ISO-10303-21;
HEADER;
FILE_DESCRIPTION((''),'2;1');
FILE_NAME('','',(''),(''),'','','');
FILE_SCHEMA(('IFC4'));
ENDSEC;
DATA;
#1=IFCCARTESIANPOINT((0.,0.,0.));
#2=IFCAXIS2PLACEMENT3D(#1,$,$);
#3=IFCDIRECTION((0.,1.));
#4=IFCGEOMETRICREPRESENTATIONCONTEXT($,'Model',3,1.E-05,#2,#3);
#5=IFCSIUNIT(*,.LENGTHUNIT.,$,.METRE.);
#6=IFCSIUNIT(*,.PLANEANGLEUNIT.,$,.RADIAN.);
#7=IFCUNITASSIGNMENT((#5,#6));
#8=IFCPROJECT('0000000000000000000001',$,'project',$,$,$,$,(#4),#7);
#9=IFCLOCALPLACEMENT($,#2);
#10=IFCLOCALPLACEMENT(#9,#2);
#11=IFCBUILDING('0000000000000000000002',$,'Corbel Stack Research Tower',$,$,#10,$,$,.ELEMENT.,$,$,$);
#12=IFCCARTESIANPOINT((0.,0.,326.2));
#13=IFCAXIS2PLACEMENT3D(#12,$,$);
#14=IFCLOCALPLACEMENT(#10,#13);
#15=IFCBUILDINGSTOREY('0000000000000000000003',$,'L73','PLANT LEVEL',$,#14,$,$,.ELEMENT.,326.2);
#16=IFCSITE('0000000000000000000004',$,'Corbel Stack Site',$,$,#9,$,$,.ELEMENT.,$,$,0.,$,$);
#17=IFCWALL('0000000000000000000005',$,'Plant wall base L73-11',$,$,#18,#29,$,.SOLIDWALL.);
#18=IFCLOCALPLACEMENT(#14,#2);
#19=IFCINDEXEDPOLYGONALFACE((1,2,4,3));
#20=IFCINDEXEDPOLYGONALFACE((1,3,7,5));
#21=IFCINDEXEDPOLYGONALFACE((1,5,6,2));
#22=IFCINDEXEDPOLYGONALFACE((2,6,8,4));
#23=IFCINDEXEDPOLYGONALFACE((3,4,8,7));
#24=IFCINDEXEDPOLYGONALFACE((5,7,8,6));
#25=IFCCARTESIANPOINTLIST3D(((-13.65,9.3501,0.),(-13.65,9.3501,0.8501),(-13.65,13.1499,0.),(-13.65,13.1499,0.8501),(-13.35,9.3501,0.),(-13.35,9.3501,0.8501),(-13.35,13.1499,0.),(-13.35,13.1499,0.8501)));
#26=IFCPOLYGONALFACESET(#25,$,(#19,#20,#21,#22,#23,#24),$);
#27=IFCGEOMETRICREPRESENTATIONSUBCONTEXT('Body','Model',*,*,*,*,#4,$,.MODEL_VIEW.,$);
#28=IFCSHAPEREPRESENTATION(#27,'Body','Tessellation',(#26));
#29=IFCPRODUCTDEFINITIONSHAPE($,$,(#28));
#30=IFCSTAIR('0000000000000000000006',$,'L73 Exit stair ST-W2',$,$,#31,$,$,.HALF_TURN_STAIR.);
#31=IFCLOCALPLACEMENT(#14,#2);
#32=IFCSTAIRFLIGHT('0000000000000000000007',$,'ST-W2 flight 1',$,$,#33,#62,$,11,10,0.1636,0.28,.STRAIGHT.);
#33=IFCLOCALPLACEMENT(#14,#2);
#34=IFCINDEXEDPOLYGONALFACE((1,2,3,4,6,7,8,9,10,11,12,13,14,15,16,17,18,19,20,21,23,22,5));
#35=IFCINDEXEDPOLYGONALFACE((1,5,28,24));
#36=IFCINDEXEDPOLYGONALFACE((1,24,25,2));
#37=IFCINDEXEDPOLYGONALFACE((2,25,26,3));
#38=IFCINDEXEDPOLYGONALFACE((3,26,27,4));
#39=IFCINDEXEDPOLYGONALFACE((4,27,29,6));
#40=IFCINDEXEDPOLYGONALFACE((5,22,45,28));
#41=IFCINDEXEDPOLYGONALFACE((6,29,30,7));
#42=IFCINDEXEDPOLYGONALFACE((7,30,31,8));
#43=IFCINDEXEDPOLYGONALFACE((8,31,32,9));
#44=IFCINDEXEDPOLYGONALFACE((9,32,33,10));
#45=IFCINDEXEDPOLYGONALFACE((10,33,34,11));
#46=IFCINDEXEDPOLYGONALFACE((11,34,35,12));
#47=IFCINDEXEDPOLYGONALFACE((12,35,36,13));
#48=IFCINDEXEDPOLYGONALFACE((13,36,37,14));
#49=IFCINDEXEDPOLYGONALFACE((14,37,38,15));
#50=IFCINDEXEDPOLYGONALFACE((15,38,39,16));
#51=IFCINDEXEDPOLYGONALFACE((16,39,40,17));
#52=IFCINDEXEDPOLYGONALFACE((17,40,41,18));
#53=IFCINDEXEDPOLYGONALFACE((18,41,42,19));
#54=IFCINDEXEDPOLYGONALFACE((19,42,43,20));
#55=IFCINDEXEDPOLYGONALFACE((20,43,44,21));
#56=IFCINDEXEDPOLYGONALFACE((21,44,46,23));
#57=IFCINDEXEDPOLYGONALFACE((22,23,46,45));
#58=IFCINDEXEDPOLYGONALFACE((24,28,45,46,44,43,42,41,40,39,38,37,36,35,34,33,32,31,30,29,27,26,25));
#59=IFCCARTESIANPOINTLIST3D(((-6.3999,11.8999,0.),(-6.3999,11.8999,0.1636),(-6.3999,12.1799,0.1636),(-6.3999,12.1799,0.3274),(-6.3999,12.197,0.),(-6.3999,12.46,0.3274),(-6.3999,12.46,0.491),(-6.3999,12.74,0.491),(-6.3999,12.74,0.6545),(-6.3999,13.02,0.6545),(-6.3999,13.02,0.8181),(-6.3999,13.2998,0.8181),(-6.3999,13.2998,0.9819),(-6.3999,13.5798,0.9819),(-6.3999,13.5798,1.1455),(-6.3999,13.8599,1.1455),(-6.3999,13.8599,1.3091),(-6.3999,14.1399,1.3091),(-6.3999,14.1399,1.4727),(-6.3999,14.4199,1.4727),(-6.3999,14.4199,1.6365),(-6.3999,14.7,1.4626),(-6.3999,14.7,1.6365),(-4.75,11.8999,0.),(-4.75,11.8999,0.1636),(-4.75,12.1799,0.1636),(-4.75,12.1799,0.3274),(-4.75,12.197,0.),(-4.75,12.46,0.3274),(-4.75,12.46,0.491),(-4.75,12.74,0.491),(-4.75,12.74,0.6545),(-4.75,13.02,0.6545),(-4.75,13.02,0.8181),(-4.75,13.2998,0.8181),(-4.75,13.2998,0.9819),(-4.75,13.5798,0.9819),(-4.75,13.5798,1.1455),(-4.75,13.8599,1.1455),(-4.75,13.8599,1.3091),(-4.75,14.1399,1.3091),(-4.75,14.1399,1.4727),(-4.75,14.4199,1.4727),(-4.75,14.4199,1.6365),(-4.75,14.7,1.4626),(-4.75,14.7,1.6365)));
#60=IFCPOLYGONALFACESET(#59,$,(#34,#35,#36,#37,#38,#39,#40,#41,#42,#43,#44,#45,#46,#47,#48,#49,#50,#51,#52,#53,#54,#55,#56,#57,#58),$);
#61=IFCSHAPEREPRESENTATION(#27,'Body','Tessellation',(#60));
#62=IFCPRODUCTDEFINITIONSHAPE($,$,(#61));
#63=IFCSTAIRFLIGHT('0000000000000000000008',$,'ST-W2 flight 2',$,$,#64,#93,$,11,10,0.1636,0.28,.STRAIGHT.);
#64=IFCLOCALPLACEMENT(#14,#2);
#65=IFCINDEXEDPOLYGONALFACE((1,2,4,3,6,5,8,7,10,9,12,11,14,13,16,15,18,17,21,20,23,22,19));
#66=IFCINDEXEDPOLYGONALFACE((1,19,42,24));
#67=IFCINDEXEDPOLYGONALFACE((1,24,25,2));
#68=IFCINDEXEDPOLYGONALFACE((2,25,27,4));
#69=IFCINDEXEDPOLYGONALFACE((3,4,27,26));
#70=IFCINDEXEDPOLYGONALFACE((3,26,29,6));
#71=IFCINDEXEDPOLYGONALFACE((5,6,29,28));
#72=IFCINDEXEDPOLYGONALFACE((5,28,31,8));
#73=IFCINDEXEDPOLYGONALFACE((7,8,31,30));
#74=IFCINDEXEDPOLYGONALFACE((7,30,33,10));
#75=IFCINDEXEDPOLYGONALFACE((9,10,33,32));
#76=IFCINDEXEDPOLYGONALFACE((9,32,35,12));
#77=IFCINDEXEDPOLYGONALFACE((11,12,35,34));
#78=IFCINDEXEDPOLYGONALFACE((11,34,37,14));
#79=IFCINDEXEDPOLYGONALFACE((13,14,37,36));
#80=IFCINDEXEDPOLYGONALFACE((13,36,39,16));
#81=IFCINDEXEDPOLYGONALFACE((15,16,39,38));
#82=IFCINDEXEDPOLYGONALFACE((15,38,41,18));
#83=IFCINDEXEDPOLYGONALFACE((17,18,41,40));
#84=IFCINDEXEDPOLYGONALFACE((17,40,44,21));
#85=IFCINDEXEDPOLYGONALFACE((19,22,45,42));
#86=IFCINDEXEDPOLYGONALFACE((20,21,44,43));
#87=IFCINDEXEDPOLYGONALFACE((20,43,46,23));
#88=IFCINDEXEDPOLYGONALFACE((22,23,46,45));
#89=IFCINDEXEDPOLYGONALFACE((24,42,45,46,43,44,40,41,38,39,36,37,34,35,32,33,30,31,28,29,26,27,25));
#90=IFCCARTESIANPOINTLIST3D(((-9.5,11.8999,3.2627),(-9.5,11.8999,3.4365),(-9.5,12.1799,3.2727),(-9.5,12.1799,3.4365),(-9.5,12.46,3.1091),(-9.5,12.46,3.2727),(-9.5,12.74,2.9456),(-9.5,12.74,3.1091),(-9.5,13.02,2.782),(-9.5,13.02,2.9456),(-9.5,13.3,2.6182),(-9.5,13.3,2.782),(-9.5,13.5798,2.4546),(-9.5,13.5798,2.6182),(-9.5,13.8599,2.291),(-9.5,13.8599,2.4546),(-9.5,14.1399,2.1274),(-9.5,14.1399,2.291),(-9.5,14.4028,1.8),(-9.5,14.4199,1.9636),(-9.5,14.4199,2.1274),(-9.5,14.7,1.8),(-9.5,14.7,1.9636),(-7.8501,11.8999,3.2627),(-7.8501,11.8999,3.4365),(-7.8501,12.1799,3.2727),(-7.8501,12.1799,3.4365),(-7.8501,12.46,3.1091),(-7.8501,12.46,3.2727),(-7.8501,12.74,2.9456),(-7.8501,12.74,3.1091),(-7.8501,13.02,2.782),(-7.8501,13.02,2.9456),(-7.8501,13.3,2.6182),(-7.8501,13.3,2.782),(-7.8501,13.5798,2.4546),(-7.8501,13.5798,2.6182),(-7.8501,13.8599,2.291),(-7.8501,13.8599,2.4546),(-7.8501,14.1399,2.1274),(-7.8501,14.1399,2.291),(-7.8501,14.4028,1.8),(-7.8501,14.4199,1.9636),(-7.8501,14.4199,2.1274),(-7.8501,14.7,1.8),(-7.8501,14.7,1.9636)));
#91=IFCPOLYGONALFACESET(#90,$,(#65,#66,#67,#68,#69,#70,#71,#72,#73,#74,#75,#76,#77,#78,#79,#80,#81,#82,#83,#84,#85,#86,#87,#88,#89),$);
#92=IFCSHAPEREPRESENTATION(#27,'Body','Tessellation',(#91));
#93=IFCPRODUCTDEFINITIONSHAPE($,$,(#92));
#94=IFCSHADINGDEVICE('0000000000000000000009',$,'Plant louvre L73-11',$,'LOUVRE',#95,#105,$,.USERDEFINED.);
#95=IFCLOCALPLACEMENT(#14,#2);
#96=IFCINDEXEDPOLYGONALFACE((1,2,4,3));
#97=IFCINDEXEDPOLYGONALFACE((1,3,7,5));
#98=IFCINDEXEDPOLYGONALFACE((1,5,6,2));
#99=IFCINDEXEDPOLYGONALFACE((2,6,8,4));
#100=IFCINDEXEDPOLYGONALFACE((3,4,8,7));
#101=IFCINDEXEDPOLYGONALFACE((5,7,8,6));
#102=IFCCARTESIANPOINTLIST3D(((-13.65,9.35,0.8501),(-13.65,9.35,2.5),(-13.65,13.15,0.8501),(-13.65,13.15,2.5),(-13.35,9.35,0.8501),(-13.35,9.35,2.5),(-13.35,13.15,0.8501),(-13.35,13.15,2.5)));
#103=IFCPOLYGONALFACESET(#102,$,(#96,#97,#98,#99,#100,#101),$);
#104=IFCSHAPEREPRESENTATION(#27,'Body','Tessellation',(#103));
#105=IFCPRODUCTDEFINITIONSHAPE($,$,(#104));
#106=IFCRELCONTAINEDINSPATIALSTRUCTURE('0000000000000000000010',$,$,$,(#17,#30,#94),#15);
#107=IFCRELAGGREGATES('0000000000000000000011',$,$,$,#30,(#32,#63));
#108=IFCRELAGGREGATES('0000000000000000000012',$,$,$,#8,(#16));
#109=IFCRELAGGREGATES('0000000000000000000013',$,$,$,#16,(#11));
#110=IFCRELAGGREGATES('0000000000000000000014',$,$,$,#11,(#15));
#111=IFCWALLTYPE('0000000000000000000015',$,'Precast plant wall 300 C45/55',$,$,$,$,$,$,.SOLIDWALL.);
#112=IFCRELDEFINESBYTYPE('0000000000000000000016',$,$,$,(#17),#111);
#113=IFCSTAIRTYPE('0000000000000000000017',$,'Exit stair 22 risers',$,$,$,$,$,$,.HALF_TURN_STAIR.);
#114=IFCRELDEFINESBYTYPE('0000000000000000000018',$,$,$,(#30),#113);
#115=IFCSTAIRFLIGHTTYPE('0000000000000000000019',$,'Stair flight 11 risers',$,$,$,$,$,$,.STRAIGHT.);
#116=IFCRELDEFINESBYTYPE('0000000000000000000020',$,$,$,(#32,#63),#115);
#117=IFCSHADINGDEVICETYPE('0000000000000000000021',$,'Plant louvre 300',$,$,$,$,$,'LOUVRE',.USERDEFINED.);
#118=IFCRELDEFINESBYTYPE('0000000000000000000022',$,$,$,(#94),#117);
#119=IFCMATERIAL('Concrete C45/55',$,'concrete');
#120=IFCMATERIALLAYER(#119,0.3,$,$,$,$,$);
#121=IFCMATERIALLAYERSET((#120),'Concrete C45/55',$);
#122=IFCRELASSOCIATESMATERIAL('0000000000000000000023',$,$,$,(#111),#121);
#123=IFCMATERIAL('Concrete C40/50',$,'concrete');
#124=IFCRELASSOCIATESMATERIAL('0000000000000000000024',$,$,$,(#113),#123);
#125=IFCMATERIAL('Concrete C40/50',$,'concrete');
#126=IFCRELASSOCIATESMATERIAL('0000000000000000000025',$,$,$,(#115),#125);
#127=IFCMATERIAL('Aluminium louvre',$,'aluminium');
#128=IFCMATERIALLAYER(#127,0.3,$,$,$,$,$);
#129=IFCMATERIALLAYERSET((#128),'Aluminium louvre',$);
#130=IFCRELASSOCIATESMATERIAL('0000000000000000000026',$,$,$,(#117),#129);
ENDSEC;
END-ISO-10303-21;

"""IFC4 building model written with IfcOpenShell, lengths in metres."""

from ifc_helpers import new_model, si_unit, direction, frame, frame_2d, origin, origin_2d, place, context, subcontext, project, spatial, polyline, rectangle, outline, extrude, material, layer, layer_set, type_object, element, aggregate, save


model = new_model("IFC4")

# Units and contexts
model_context = context("Model", 3, precision=1e-05, world=origin(), true_north=direction((0.0, 1.0)))
body_context = subcontext(model_context, "Body", "Model", "MODEL_VIEW")
ifc_project = project(units=[si_unit("LENGTHUNIT", "METRE"), si_unit("PLANEANGLEUNIT", "RADIAN")], contexts=[model_context])

# Site, building, storey
site_placement = place(None, origin())
site = spatial("IfcSite", under=ifc_project, at=site_placement, Name="Corbel Stack Site", CompositionType="ELEMENT", RefElevation=0.0)
building_placement = place(site_placement, origin())
building = spatial("IfcBuilding", under=site, at=building_placement, Name="Corbel Stack Research Tower", CompositionType="ELEMENT")
storey_placement = place(building_placement, frame((0.0, 0.0, 326.2)))
storey = spatial("IfcBuildingStorey", under=building, at=storey_placement, Name="L73", Description="PLANT LEVEL", CompositionType="ELEMENT", Elevation=326.2)

# Wall
ifc_material_1 = material(Name="Concrete C45/55", Category="concrete")
ifc_layer_1 = layer(ifc_material_1, 0.3)
ifc_layer_set_1 = layer_set([ifc_layer_1], Name="Concrete C45/55")
wall_type_1 = type_object("IfcWallType", Name="Precast plant wall 300 C45/55", PredefinedType="SOLIDWALL", material=ifc_layer_set_1)
wall_1_placement = place(storey_placement, frame((-13.5, 13.1499, 0.0), z_axis=(0.0, 0.0, 1.0), x_axis=(0.0, -1.0, 0.0)))
element("IfcWall", 1, at=wall_1_placement, inside=storey, type_object=wall_type_1, Name="Plant wall base L73-11", PredefinedType="SOLIDWALL", context=body_context, shape_type="SweptSolid", body=[
    extrude(rectangle(XDim=3.7998, YDim=0.3, at=frame_2d((1.8999, 0.0))), origin(), (0.0, 0.0, 1.0), 0.8501),
])

# Stair, stair flights
ifc_material_2 = material(Name="Concrete C40/50", Category="concrete")
stair_type = type_object("IfcStairType", Name="Exit stair 22 risers", PredefinedType="HALF_TURN_STAIR", material=ifc_material_2)
stair_placement = place(storey_placement, origin())
stair = element("IfcStair", 2, at=stair_placement, inside=storey, type_object=stair_type, Name="L73 Exit stair ST-W2", PredefinedType="HALF_TURN_STAIR")
ifc_material_3 = material(Name="Concrete C40/50", Category="concrete")
stair_flight_type = type_object("IfcStairFlightType", Name="Stair flight 11 risers", PredefinedType="STRAIGHT", material=ifc_material_3)
stair_flight_1_placement = place(storey_placement, frame((-5.575, 11.8999, 0.0), z_axis=(0.0, 0.0, 1.0), x_axis=(0.0, 1.0, 0.0)))
stair_flight_1 = element("IfcStairFlight", 3, at=stair_flight_1_placement, type_object=stair_flight_type, Name="ST-W2 flight 1", NumberOfRisers=11, NumberOfTreads=10, PredefinedType="STRAIGHT", RiserHeight=0.1636, TreadLength=0.28, context=body_context, shape_type="SweptSolid", body=[
    extrude(outline(polyline([(0.0, 0.0), (0.0, 0.1636), (0.28, 0.1636), (0.28, 0.3274), (0.5601, 0.3274), (0.5601, 0.491), (0.8401, 0.491), (0.8401, 0.6545), (1.1201, 0.6545), (1.1201, 0.8181), (1.3999, 0.8181), (1.3999, 0.9819), (1.6799, 0.9819), (1.6799, 1.1455), (1.96, 1.1455), (1.96, 1.3091), (2.24, 1.3091), (2.24, 1.4727), (2.52, 1.4727), (2.52, 1.6365), (2.8, 1.6365), (2.8, 1.8), (2.8, 1.4626), (0.2971, 0.0), (0.0, 0.0)])), frame((0.0, 0.825, 0.0), z_axis=(0.0, -1.0, 0.0), x_axis=(1.0, 0.0, 0.0)), (0.0, 0.0, 1.0), 1.6499),
])
stair_flight_2_placement = place(storey_placement, frame((-8.675, 14.7, 1.8), z_axis=(0.0, 0.0, 1.0), x_axis=(0.0, -1.0, 0.0)))
stair_flight_2 = element("IfcStairFlight", 4, at=stair_flight_2_placement, type_object=stair_flight_type, Name="ST-W2 flight 2", NumberOfRisers=11, NumberOfTreads=10, PredefinedType="STRAIGHT", RiserHeight=0.1636, TreadLength=0.28, context=body_context, shape_type="SweptSolid", body=[
    extrude(outline(polyline([(0.0, 0.0), (0.0, 0.1636), (0.28, 0.1636), (0.28, 0.3274), (0.5601, 0.3274), (0.5601, 0.491), (0.8401, 0.491), (0.8401, 0.6545), (1.1201, 0.6545), (1.1201, 0.8181), (1.3999, 0.8181), (1.3999, 0.9819), (1.6799, 0.9819), (1.6799, 1.1455), (1.96, 1.1455), (1.96, 1.3091), (2.24, 1.3091), (2.24, 1.4727), (2.52, 1.4727), (2.52, 1.6365), (2.8, 1.6365), (2.8, 1.8), (2.8, 1.4626), (0.2971, 0.0), (0.0, 0.0)])), frame((0.0, 0.825, 0.0), z_axis=(0.0, -1.0, 0.0), x_axis=(1.0, 0.0, 0.0)), (0.0, 0.0, 1.0), 1.6499),
])
aggregate(stair, [stair_flight_1, stair_flight_2])

# Shading device
ifc_material_4 = material(Name="Aluminium louvre", Category="aluminium")
ifc_layer_2 = layer(ifc_material_4, 0.3)
ifc_layer_set_2 = layer_set([ifc_layer_2], Name="Aluminium louvre")
shading_device_type = type_object("IfcShadingDeviceType", Name="Plant louvre 300", ElementType="LOUVRE", PredefinedType="USERDEFINED", material=ifc_layer_set_2)
shading_device_placement = place(storey_placement, frame((-13.5, 11.25, 0.8501), z_axis=(0.0, 0.0, 1.0), x_axis=(0.0, -1.0, 0.0)))
element("IfcShadingDevice", 5, at=shading_device_placement, inside=storey, type_object=shading_device_type, Name="Plant louvre L73-11", ObjectType="LOUVRE", PredefinedType="USERDEFINED", context=body_context, shape_type="SweptSolid", body=[
    extrude(rectangle(XDim=3.8, YDim=0.3, at=origin_2d()), origin(), (0.0, 0.0, 1.0), 1.6499),
])

save(model, "model.ifc")
